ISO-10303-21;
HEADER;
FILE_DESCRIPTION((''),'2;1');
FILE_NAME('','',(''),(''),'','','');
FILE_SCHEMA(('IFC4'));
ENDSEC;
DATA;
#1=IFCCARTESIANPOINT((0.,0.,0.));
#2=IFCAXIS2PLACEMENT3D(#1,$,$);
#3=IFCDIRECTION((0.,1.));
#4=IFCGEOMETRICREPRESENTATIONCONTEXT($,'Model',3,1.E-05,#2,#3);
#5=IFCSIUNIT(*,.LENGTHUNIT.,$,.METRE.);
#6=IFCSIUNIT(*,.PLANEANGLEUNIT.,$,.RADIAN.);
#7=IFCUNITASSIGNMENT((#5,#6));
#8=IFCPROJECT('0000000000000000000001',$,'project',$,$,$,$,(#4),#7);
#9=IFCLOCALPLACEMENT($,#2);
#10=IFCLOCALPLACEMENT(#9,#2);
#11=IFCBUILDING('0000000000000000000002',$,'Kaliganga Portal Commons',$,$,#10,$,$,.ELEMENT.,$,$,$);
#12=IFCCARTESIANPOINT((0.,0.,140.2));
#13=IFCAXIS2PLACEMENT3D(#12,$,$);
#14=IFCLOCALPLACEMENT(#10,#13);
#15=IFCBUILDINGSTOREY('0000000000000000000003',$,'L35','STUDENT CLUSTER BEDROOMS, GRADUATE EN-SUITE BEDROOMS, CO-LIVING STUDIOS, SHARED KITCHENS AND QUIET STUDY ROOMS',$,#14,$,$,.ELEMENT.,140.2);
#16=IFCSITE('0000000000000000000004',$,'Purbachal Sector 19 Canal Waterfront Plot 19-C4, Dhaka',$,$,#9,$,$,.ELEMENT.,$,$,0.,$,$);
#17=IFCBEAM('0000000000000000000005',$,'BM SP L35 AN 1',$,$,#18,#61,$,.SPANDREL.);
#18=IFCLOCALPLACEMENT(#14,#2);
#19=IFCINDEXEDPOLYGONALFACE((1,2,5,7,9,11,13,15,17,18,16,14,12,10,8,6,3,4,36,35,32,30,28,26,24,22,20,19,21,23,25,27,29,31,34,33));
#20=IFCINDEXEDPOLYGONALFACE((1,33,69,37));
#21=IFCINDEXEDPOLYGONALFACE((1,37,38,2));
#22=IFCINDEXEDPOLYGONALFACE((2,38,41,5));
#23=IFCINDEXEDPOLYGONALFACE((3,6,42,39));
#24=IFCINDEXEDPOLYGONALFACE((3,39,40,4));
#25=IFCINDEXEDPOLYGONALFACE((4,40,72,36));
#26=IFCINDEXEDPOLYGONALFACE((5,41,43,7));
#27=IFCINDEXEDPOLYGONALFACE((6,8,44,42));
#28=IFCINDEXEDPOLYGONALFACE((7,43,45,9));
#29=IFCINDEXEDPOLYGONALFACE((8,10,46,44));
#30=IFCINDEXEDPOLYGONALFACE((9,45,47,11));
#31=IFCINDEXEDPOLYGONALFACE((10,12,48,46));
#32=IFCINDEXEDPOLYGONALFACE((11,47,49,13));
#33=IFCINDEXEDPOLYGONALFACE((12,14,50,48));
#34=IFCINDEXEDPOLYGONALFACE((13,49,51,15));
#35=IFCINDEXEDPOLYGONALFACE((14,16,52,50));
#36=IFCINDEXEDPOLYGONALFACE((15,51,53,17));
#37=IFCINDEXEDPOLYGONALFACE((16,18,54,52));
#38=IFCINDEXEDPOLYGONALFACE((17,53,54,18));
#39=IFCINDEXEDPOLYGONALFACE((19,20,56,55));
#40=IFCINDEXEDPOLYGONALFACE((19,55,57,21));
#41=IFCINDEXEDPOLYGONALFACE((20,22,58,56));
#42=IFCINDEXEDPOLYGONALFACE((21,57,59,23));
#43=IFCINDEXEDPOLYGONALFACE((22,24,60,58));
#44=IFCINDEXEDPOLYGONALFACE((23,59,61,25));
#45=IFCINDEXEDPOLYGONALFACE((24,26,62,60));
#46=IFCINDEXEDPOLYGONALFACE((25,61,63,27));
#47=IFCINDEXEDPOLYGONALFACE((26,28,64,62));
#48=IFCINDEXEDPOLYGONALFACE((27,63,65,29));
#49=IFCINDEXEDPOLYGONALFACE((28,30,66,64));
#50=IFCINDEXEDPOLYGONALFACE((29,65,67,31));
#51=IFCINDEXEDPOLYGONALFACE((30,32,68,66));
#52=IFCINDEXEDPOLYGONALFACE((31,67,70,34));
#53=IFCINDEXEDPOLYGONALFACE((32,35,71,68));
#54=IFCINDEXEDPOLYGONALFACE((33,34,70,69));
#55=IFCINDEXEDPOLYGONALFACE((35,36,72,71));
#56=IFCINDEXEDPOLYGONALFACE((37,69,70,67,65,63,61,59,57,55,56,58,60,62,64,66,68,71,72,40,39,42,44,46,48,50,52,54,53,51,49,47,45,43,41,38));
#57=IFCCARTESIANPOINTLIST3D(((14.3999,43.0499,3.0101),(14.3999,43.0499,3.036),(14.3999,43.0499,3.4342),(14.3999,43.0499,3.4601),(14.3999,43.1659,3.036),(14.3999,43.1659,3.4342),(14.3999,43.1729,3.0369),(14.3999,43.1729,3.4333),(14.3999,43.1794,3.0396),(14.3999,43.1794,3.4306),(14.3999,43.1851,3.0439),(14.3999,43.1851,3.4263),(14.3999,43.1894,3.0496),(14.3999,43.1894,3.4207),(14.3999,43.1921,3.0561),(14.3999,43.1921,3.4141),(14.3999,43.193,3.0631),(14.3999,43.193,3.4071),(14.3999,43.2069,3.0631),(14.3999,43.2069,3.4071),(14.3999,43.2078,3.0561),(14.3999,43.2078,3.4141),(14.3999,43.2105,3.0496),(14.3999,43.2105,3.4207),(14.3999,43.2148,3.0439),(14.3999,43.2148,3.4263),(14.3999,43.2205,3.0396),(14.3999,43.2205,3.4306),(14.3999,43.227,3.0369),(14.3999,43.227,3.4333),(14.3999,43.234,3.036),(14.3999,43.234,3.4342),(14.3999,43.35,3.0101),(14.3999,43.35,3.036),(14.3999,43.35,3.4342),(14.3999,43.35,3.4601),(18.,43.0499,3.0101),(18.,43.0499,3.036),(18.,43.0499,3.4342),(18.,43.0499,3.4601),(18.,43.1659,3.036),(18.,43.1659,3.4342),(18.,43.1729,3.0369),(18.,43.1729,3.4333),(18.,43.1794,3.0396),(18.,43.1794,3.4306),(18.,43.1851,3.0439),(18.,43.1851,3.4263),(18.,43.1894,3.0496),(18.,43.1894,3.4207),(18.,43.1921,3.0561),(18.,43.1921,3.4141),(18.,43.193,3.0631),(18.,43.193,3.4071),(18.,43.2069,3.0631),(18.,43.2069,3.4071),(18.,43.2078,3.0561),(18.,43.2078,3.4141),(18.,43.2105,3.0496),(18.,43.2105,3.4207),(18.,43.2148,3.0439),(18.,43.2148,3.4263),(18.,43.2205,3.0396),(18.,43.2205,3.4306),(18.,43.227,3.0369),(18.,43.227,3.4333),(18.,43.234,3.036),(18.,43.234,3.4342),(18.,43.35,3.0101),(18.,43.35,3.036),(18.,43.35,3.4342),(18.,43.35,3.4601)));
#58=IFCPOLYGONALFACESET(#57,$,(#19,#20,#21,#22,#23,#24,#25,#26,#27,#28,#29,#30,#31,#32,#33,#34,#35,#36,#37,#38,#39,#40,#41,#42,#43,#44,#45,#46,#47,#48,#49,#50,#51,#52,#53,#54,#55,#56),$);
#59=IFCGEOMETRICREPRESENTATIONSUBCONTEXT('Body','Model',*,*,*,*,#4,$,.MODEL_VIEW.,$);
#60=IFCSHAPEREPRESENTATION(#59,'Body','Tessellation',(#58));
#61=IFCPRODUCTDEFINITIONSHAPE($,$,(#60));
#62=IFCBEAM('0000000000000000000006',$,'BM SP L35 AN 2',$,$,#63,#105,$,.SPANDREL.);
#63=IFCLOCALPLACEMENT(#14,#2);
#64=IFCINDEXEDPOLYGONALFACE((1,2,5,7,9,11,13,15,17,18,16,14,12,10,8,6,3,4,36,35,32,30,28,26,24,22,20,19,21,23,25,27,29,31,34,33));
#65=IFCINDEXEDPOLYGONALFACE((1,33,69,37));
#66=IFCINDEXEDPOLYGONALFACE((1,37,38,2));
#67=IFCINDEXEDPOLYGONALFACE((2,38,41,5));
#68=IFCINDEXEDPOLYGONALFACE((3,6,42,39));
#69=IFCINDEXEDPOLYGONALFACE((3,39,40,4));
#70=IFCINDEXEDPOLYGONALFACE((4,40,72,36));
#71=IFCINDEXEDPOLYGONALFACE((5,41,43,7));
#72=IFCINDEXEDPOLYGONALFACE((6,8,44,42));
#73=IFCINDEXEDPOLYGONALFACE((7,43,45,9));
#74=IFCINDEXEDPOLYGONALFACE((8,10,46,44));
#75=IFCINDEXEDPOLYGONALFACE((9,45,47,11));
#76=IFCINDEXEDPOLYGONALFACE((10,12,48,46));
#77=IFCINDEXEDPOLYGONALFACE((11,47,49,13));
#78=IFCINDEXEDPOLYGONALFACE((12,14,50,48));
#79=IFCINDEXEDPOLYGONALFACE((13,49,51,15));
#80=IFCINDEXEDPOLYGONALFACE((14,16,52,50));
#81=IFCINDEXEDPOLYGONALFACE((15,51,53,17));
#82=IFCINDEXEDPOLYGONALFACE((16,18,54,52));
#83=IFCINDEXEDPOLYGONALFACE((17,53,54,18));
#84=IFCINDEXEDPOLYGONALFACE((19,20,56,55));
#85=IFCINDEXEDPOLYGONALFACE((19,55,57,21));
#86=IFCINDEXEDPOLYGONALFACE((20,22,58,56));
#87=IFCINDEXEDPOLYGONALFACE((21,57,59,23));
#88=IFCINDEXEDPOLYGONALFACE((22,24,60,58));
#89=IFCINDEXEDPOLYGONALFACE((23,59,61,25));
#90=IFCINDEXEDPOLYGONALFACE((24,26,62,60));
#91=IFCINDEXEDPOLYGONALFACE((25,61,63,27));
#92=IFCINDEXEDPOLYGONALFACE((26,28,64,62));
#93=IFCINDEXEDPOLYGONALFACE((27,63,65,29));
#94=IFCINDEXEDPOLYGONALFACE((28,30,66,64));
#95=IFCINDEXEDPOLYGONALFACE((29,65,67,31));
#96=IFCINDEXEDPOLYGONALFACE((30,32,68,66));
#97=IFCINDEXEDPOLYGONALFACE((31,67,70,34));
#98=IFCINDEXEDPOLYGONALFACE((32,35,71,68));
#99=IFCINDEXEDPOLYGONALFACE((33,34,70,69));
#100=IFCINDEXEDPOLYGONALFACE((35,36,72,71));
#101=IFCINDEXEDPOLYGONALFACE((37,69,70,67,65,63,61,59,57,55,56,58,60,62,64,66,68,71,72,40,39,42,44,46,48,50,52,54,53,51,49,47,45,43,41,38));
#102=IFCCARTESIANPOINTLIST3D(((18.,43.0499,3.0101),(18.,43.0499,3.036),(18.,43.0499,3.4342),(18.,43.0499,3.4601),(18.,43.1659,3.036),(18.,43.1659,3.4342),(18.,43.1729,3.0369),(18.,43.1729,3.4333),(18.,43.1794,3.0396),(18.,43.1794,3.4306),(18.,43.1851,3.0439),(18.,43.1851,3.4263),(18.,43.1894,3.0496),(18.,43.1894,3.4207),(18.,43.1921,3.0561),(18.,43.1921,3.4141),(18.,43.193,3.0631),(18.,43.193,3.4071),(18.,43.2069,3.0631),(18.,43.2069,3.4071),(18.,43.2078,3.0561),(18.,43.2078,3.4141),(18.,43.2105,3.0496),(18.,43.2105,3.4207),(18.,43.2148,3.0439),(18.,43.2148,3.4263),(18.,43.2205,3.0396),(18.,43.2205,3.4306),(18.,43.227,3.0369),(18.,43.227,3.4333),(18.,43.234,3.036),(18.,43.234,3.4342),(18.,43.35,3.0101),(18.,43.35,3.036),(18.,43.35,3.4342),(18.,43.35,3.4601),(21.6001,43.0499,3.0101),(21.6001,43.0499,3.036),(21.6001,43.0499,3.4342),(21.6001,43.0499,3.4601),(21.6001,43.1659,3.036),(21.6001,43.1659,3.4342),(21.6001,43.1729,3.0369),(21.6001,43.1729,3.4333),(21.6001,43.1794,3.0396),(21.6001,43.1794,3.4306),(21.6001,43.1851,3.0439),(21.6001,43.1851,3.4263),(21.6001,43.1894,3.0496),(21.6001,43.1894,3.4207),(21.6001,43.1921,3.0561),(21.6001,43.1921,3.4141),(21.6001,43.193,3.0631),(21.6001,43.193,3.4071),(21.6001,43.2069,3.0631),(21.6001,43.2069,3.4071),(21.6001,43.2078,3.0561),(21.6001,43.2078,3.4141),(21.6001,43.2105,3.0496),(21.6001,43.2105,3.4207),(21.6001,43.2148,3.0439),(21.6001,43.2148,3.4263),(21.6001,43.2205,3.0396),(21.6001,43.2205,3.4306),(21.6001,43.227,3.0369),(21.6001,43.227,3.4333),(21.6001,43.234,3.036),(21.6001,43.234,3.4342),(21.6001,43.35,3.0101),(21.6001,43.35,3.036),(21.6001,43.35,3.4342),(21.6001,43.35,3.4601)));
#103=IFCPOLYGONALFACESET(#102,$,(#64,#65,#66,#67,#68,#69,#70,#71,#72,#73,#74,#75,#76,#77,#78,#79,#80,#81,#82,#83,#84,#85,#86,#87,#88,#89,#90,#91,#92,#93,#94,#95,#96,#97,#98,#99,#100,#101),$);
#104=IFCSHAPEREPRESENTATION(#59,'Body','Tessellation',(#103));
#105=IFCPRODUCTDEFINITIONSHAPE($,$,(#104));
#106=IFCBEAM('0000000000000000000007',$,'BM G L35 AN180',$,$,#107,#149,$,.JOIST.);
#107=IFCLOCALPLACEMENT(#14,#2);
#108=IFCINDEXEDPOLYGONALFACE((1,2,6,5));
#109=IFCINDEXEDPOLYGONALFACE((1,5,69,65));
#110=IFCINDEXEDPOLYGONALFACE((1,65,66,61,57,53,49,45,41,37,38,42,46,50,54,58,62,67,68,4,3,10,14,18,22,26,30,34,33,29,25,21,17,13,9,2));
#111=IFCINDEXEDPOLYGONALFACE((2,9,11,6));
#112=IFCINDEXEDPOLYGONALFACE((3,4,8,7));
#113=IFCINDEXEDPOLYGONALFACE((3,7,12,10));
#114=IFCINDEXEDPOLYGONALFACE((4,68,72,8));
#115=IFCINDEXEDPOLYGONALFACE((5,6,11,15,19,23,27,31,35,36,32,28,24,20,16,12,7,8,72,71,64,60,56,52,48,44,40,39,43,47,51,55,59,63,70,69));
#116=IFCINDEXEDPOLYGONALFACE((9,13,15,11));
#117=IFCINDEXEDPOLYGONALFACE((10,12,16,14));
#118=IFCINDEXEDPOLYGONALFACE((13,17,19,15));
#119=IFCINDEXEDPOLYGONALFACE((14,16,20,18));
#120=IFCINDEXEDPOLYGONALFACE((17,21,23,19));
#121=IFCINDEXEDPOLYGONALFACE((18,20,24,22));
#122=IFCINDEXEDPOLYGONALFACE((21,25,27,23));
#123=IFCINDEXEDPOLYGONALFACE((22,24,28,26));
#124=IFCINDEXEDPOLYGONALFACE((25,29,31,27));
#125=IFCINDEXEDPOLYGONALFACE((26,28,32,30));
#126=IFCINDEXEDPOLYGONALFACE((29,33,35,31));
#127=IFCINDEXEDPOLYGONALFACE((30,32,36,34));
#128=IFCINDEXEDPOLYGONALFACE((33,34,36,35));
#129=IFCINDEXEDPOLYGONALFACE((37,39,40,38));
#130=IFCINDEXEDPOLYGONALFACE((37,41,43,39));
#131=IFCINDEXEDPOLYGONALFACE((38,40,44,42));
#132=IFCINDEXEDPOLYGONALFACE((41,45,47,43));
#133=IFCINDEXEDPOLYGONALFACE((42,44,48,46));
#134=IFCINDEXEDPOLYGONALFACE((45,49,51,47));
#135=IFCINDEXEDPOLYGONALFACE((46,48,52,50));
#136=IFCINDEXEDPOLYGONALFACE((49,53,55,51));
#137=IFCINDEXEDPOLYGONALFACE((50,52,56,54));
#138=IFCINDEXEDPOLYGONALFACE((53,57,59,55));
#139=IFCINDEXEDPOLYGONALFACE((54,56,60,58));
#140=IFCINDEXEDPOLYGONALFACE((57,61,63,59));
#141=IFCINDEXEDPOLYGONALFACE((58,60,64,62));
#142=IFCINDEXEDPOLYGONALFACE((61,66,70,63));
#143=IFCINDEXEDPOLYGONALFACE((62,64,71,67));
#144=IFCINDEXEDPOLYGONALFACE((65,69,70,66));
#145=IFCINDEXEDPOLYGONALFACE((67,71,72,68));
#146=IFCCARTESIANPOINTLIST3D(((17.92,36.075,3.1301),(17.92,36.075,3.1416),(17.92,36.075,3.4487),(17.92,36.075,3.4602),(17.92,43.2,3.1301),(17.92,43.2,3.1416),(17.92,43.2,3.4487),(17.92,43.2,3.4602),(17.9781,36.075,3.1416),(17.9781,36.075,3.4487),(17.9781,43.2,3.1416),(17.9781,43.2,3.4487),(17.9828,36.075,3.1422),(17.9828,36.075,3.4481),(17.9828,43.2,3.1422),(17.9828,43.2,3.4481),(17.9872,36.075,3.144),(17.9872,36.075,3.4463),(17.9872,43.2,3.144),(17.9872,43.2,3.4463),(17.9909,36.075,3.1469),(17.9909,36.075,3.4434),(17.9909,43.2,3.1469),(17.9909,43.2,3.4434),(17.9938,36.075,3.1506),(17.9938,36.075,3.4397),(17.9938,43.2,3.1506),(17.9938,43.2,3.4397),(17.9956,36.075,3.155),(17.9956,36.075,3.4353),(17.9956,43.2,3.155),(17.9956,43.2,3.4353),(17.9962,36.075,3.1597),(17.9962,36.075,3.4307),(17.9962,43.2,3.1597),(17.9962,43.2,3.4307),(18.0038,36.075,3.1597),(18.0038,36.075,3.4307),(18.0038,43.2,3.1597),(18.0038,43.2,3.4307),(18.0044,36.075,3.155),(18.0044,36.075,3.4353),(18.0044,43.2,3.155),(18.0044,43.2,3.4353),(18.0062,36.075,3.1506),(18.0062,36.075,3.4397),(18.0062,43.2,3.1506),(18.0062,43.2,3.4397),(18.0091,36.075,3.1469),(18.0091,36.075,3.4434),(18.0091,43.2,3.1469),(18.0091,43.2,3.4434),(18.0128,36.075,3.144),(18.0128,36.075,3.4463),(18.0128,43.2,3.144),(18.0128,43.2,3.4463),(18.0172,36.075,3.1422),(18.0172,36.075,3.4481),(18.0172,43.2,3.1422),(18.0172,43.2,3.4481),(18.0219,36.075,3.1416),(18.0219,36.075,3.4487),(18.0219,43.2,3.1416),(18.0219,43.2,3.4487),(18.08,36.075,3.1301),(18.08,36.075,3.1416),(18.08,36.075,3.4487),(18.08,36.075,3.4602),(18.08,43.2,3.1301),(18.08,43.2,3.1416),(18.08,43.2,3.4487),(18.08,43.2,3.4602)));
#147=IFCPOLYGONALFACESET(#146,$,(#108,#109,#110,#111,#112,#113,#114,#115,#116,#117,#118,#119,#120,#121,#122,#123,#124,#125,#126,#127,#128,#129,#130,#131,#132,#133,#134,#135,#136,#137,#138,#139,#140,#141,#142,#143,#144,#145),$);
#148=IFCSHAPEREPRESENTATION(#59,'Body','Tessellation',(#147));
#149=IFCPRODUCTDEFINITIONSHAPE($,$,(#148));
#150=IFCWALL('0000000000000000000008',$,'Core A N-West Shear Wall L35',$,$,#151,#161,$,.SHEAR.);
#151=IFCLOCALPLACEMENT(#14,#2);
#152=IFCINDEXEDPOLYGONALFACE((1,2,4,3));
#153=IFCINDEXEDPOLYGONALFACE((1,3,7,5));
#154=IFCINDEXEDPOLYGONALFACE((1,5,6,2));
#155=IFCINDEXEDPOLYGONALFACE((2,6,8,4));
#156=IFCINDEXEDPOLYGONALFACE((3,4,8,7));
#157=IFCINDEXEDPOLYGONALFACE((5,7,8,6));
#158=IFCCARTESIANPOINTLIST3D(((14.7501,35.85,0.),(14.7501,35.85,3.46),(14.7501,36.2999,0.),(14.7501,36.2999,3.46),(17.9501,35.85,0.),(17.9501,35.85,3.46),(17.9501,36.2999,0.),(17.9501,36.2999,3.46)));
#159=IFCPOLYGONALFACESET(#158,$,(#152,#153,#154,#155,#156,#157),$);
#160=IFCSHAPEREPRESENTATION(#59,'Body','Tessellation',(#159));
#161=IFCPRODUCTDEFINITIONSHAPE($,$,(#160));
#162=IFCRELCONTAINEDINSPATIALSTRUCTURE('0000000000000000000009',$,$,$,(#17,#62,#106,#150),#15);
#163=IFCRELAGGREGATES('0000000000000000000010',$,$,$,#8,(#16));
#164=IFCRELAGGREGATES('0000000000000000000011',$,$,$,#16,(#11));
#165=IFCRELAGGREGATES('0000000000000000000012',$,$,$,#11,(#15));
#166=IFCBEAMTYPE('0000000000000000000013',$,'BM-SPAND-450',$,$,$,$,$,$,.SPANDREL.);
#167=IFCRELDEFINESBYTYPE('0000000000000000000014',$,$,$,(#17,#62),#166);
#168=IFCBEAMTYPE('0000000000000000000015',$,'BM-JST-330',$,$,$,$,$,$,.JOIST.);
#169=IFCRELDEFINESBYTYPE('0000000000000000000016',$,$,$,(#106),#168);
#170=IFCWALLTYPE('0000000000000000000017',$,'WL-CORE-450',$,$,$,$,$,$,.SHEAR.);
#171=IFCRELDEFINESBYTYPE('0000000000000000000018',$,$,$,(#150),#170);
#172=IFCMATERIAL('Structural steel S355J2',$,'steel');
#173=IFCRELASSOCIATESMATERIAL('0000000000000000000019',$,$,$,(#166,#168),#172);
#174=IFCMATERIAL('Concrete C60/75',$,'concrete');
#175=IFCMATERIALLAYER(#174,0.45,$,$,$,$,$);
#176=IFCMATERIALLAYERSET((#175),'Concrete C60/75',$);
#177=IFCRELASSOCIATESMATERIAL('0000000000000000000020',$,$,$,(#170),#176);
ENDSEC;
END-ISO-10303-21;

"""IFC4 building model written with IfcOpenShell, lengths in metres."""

from ifc_helpers import new_model, si_unit, direction, frame, frame_2d, origin, origin_2d, place, context, subcontext, project, spatial, rectangle, i_section, extrude, source, transform, mapped, material, layer, layer_set, material_profile, profile_set, type_object, element, save


model = new_model("IFC4")

# Units and contexts
model_context = context("Model", 3, precision=1e-05, world=origin(), true_north=direction((0.0, 1.0)))
body_context = subcontext(model_context, "Body", "Model", "MODEL_VIEW")
ifc_project = project(units=[si_unit("LENGTHUNIT", "METRE"), si_unit("PLANEANGLEUNIT", "RADIAN")], contexts=[model_context])

# Site, building, storey
site_placement = place(None, origin())
site = spatial("IfcSite", under=ifc_project, at=site_placement, Name="Purbachal Sector 19 Canal Waterfront Plot 19-C4, Dhaka", CompositionType="ELEMENT", RefElevation=0.0)
building_placement = place(site_placement, origin())
building = spatial("IfcBuilding", under=site, at=building_placement, Name="Kaliganga Portal Commons", CompositionType="ELEMENT")
storey_placement = place(building_placement, frame((0.0, 0.0, 140.2)))
storey = spatial("IfcBuildingStorey", under=building, at=storey_placement, Name="L35", Description="STUDENT CLUSTER BEDROOMS, GRADUATE EN-SUITE BEDROOMS, CO-LIVING STUDIOS, SHARED KITCHENS AND QUIET STUDY ROOMS", CompositionType="ELEMENT", Elevation=140.2)

# Shared definitions
ifc_material_1 = material(Name="Concrete C60/75", Category="concrete")

# Beams
ifc_material_2 = material(Name="Structural steel S355J2", Category="steel")
ifc_material_profile_1 = material_profile(ifc_material_2, i_section(OverallWidth=0.3, OverallDepth=0.45, WebThickness=0.0139, FlangeThickness=0.0259, FilletRadius=0.0271, at=origin_2d()), Name="HE 450 B")
ifc_profile_set_1 = profile_set([ifc_material_profile_1], Name="Structural steel S355J2 wide-flange")
beam_type_1 = type_object("IfcBeamType", Name="BM-SPAND-450", PredefinedType="SPANDREL", material=ifc_profile_set_1)
shared_shape_1 = source(origin(), body_context, "Body", "SweptSolid", [
    extrude(i_section(OverallWidth=0.3, OverallDepth=0.45, WebThickness=0.0139, FlangeThickness=0.0259, FilletRadius=0.0271, at=origin_2d()), origin(), (0.0, 0.0, 1.0), 3.6001),
])
for number, where, z_axis, x_axis, name in (
    (1, (14.3999, 43.2, 3.2351), (1.0, 0.0, 0.0), (0.0, 1.0, 0.0), "BM SP L35 AN 1"),
    (2, (18.0, 43.2, 3.2351), (1.0, 0.0, 0.0), (0.0, 1.0, 0.0), "BM SP L35 AN 2"),
):
    element("IfcBeam", number, at=place(storey_placement, frame(where, z_axis=z_axis, x_axis=x_axis)), inside=storey, type_object=beam_type_1, Name=name, PredefinedType="SPANDREL", context=body_context, shape_type="MappedRepresentation", body=[
        mapped(shared_shape_1, transform((0.0, 0.0, 0.0), x_axis=(1.0, 0.0, 0.0), y_axis=(0.0, 1.0, 0.0), z_axis=(0.0, 0.0, 1.0), scale=1.0)),
    ])
ifc_material_profile_2 = material_profile(ifc_material_2, i_section(OverallWidth=0.1599, OverallDepth=0.3301, WebThickness=0.0076, FlangeThickness=0.0115, FilletRadius=0.0181, at=origin_2d()), Name="IPE 330")
ifc_profile_set_2 = profile_set([ifc_material_profile_2], Name="Structural steel S355J2 wide-flange")
beam_type_2 = type_object("IfcBeamType", Name="BM-JST-330", PredefinedType="JOIST", material=ifc_profile_set_2)
shared_shape_2 = source(origin(), body_context, "Body", "SweptSolid", [
    extrude(i_section(OverallWidth=0.1599, OverallDepth=0.3301, WebThickness=0.0076, FlangeThickness=0.0115, FilletRadius=0.0181, at=origin_2d()), origin(), (0.0, 0.0, 1.0), 7.125),
])
beam_1_placement = place(storey_placement, frame((18.0, 36.075, 3.2952), z_axis=(0.0, 1.0, 0.0), x_axis=(-1.0, 0.0, 0.0)))
element("IfcBeam", 3, at=beam_1_placement, inside=storey, type_object=beam_type_2, Name="BM G L35 AN180", PredefinedType="JOIST", context=body_context, shape_type="MappedRepresentation", body=[
    mapped(shared_shape_2, transform((0.0, 0.0, 0.0), x_axis=(1.0, 0.0, 0.0), y_axis=(0.0, 1.0, 0.0), z_axis=(0.0, 0.0, 1.0), scale=1.0)),
])

# Wall
ifc_layer_1 = layer(ifc_material_1, 0.45)
ifc_layer_set_1 = layer_set([ifc_layer_1], Name="Concrete C60/75")
wall_type_1 = type_object("IfcWallType", Name="WL-CORE-450", PredefinedType="SHEAR", material=ifc_layer_set_1)
wall_1_placement = place(storey_placement, frame((14.75, 36.075, 0.0), z_axis=(0.0, 0.0, 1.0), x_axis=(1.0, 0.0, 0.0)))
element("IfcWall", 4, at=wall_1_placement, inside=storey, type_object=wall_type_1, Name="Core A N-West Shear Wall L35", PredefinedType="SHEAR", context=body_context, shape_type="SweptSolid", body=[
    extrude(rectangle(XDim=3.2, YDim=0.45, at=frame_2d((1.6001, 0.0))), origin(), (0.0, 0.0, 1.0), 3.46),
])

save(model, "model.ifc")
